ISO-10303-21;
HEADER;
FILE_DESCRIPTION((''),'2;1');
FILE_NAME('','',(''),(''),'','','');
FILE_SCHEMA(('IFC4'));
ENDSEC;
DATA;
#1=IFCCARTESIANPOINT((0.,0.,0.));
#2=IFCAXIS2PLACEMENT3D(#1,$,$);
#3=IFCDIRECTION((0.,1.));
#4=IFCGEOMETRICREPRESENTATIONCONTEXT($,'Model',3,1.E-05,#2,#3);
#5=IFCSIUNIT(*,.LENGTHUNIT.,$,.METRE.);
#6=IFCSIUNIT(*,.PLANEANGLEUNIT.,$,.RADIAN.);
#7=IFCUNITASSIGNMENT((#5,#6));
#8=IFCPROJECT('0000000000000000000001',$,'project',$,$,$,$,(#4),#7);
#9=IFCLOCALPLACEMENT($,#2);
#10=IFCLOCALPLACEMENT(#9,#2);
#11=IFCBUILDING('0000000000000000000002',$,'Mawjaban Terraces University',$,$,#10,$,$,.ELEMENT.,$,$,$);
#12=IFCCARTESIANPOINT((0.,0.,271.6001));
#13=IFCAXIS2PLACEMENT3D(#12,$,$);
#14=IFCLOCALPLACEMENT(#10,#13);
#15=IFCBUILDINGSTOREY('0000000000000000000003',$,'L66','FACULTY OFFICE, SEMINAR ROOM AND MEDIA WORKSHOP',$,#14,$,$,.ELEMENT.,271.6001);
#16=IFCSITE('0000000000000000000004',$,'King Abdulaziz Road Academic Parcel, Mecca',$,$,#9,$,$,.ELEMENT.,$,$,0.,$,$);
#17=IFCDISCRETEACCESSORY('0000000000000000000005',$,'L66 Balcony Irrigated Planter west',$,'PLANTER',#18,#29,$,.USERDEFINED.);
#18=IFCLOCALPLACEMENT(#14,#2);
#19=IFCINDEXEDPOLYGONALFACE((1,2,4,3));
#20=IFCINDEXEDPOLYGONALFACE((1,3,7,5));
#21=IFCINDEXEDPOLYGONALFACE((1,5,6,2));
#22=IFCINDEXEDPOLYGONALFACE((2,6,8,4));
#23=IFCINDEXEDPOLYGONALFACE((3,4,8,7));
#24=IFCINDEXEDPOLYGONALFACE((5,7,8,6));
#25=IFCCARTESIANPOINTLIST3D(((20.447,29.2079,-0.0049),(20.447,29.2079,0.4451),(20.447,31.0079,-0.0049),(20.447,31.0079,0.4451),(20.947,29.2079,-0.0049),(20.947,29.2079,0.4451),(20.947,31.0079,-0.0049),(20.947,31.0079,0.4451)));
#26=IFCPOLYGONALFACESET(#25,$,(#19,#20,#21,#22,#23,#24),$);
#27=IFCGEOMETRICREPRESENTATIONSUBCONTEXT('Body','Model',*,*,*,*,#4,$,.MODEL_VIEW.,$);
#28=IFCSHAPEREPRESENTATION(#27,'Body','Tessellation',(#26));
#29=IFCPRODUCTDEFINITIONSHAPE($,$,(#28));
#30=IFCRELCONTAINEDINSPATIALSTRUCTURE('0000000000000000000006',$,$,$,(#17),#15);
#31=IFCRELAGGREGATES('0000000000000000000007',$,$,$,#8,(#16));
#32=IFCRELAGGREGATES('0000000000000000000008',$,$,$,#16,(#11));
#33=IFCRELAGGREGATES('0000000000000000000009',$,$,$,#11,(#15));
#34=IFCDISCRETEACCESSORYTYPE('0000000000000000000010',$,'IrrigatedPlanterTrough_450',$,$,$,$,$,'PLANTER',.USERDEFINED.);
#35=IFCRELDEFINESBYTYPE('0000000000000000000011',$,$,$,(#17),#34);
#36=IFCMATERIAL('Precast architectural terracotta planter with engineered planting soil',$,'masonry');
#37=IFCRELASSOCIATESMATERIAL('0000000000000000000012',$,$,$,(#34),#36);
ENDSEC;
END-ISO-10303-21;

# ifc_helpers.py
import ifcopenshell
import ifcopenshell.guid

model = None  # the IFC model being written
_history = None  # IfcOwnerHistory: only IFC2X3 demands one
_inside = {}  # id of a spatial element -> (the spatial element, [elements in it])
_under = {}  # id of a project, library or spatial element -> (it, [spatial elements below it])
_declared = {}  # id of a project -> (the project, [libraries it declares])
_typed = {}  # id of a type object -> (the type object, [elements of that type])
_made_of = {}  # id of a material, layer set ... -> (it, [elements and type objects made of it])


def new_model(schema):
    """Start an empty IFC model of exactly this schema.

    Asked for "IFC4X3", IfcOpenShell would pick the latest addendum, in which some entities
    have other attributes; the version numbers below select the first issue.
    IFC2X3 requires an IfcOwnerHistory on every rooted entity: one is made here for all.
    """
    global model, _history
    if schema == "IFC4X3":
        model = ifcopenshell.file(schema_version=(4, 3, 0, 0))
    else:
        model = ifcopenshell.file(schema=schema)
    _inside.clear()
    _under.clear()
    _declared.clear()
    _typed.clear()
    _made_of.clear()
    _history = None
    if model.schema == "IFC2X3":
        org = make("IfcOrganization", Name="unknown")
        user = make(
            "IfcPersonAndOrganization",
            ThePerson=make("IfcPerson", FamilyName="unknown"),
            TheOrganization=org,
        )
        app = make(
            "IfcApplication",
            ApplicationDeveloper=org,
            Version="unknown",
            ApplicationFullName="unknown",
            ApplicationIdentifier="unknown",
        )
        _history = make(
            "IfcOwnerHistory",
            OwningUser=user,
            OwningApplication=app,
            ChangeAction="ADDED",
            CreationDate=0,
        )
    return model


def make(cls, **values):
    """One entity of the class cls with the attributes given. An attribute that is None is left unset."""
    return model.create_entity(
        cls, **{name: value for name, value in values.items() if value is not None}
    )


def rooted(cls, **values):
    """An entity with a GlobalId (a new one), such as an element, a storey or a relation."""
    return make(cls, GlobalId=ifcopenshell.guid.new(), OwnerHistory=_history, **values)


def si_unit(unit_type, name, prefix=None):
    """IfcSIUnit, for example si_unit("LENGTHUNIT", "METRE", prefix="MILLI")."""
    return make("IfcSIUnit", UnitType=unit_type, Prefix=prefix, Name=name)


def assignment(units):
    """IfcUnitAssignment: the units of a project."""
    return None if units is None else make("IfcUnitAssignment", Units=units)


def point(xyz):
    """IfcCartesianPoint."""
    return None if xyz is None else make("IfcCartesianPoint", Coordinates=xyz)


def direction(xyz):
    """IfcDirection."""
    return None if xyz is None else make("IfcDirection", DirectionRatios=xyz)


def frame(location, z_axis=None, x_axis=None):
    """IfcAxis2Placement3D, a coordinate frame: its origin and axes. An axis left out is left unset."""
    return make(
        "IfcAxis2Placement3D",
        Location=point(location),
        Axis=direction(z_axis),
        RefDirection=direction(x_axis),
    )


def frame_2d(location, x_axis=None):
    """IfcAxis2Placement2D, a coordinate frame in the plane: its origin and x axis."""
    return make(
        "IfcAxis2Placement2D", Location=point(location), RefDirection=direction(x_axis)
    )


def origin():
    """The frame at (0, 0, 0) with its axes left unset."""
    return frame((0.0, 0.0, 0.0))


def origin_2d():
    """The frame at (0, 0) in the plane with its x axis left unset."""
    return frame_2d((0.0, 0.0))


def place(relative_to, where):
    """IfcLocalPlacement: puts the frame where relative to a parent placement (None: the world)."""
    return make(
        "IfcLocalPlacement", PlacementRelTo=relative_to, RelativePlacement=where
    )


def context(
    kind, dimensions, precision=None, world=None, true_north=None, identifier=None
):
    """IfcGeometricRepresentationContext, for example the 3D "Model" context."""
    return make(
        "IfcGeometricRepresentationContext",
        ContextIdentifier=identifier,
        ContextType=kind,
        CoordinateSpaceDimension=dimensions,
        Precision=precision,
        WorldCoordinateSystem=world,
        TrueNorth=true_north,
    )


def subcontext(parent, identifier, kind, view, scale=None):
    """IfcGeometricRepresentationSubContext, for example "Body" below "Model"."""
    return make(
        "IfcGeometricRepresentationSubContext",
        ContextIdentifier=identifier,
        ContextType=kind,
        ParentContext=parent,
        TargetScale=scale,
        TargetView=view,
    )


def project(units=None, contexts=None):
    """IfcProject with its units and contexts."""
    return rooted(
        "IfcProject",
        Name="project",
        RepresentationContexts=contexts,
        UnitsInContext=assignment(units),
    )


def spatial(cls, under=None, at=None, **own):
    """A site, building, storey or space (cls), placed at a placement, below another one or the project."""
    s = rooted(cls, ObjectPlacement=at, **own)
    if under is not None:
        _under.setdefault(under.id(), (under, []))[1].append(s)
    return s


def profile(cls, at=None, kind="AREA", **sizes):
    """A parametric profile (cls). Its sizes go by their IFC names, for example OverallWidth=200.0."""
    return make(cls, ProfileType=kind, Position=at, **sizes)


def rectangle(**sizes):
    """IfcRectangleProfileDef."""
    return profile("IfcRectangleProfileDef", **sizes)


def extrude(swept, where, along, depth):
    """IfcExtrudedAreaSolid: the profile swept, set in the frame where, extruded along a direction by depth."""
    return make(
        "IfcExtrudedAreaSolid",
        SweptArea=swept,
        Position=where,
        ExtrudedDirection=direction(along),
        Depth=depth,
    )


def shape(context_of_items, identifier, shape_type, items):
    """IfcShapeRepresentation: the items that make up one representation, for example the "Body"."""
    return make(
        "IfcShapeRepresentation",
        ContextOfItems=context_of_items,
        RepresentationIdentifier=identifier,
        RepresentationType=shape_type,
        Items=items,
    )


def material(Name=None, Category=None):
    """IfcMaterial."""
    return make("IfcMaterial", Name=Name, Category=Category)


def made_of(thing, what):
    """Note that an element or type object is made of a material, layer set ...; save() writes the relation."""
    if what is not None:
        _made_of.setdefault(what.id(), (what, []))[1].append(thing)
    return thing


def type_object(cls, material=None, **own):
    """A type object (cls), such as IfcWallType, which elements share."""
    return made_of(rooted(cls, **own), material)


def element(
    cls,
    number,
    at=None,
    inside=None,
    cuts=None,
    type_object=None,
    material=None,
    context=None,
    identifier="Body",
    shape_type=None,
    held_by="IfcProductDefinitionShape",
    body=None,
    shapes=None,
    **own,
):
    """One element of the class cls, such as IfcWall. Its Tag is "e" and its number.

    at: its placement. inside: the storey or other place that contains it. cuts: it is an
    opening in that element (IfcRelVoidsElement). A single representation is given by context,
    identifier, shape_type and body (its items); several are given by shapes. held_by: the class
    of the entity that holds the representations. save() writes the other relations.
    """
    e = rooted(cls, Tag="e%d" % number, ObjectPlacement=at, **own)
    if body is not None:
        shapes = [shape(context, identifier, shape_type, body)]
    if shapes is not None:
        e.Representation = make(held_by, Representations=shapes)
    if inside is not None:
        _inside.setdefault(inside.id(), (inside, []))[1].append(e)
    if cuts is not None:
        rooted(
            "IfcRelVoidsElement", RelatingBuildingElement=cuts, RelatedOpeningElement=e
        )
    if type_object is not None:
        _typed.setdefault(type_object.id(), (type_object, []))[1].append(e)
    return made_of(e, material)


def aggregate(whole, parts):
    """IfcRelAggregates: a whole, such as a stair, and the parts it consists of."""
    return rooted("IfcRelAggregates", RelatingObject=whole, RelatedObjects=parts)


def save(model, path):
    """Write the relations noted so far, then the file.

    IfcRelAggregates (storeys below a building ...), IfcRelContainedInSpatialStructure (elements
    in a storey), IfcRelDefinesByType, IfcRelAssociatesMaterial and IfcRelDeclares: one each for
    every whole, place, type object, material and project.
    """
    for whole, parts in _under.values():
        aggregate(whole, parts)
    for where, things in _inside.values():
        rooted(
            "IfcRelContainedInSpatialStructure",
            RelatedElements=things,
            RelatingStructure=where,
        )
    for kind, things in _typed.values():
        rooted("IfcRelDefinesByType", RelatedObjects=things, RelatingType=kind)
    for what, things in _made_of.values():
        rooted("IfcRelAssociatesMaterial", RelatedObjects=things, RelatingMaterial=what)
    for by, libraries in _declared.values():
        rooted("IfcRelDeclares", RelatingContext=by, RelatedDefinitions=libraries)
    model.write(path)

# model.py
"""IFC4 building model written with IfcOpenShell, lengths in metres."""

from ifc_helpers import new_model, si_unit, direction, frame, origin, origin_2d, place, context, subcontext, project, spatial, rectangle, extrude, material, type_object, element, save


model = new_model("IFC4")

# Units and contexts
model_context = context("Model", 3, precision=1e-05, world=origin(), true_north=direction((0.0, 1.0)))
body_context = subcontext(model_context, "Body", "Model", "MODEL_VIEW")
ifc_project = project(units=[si_unit("LENGTHUNIT", "METRE"), si_unit("PLANEANGLEUNIT", "RADIAN")], contexts=[model_context])

# Site, building, storey
site_placement = place(None, origin())
site = spatial("IfcSite", under=ifc_project, at=site_placement, Name="King Abdulaziz Road Academic Parcel, Mecca", CompositionType="ELEMENT", RefElevation=0.0)
building_placement = place(site_placement, origin())
building = spatial("IfcBuilding", under=site, at=building_placement, Name="Mawjaban Terraces University", CompositionType="ELEMENT")
storey_placement = place(building_placement, frame((0.0, 0.0, 271.6001)))
storey = spatial("IfcBuildingStorey", under=building, at=storey_placement, Name="L66", Description="FACULTY OFFICE, SEMINAR ROOM AND MEDIA WORKSHOP", CompositionType="ELEMENT", Elevation=271.6001)

# Discrete accessory
ifc_material_1 = material(Name="Precast architectural terracotta planter with engineered planting soil", Category="masonry")
discrete_accessory_type_1 = type_object("IfcDiscreteAccessoryType", Name="IrrigatedPlanterTrough_450", ElementType="PLANTER", PredefinedType="USERDEFINED", material=ifc_material_1)
discrete_accessory_1_placement = place(storey_placement, frame((20.697, 30.1079, -0.0049), z_axis=(0.0, 0.0, 1.0), x_axis=(0.0, 1.0, 0.0)))
element("IfcDiscreteAccessory", 1, at=discrete_accessory_1_placement, inside=storey, type_object=discrete_accessory_type_1, Name="L66 Balcony Irrigated Planter west", ObjectType="PLANTER", PredefinedType="USERDEFINED", context=body_context, shape_type="SweptSolid", body=[
    extrude(rectangle(XDim=1.8, YDim=0.5, at=origin_2d()), origin(), (0.0, 0.0, 1.0), 0.45),
])

save(model, "model.ifc")
